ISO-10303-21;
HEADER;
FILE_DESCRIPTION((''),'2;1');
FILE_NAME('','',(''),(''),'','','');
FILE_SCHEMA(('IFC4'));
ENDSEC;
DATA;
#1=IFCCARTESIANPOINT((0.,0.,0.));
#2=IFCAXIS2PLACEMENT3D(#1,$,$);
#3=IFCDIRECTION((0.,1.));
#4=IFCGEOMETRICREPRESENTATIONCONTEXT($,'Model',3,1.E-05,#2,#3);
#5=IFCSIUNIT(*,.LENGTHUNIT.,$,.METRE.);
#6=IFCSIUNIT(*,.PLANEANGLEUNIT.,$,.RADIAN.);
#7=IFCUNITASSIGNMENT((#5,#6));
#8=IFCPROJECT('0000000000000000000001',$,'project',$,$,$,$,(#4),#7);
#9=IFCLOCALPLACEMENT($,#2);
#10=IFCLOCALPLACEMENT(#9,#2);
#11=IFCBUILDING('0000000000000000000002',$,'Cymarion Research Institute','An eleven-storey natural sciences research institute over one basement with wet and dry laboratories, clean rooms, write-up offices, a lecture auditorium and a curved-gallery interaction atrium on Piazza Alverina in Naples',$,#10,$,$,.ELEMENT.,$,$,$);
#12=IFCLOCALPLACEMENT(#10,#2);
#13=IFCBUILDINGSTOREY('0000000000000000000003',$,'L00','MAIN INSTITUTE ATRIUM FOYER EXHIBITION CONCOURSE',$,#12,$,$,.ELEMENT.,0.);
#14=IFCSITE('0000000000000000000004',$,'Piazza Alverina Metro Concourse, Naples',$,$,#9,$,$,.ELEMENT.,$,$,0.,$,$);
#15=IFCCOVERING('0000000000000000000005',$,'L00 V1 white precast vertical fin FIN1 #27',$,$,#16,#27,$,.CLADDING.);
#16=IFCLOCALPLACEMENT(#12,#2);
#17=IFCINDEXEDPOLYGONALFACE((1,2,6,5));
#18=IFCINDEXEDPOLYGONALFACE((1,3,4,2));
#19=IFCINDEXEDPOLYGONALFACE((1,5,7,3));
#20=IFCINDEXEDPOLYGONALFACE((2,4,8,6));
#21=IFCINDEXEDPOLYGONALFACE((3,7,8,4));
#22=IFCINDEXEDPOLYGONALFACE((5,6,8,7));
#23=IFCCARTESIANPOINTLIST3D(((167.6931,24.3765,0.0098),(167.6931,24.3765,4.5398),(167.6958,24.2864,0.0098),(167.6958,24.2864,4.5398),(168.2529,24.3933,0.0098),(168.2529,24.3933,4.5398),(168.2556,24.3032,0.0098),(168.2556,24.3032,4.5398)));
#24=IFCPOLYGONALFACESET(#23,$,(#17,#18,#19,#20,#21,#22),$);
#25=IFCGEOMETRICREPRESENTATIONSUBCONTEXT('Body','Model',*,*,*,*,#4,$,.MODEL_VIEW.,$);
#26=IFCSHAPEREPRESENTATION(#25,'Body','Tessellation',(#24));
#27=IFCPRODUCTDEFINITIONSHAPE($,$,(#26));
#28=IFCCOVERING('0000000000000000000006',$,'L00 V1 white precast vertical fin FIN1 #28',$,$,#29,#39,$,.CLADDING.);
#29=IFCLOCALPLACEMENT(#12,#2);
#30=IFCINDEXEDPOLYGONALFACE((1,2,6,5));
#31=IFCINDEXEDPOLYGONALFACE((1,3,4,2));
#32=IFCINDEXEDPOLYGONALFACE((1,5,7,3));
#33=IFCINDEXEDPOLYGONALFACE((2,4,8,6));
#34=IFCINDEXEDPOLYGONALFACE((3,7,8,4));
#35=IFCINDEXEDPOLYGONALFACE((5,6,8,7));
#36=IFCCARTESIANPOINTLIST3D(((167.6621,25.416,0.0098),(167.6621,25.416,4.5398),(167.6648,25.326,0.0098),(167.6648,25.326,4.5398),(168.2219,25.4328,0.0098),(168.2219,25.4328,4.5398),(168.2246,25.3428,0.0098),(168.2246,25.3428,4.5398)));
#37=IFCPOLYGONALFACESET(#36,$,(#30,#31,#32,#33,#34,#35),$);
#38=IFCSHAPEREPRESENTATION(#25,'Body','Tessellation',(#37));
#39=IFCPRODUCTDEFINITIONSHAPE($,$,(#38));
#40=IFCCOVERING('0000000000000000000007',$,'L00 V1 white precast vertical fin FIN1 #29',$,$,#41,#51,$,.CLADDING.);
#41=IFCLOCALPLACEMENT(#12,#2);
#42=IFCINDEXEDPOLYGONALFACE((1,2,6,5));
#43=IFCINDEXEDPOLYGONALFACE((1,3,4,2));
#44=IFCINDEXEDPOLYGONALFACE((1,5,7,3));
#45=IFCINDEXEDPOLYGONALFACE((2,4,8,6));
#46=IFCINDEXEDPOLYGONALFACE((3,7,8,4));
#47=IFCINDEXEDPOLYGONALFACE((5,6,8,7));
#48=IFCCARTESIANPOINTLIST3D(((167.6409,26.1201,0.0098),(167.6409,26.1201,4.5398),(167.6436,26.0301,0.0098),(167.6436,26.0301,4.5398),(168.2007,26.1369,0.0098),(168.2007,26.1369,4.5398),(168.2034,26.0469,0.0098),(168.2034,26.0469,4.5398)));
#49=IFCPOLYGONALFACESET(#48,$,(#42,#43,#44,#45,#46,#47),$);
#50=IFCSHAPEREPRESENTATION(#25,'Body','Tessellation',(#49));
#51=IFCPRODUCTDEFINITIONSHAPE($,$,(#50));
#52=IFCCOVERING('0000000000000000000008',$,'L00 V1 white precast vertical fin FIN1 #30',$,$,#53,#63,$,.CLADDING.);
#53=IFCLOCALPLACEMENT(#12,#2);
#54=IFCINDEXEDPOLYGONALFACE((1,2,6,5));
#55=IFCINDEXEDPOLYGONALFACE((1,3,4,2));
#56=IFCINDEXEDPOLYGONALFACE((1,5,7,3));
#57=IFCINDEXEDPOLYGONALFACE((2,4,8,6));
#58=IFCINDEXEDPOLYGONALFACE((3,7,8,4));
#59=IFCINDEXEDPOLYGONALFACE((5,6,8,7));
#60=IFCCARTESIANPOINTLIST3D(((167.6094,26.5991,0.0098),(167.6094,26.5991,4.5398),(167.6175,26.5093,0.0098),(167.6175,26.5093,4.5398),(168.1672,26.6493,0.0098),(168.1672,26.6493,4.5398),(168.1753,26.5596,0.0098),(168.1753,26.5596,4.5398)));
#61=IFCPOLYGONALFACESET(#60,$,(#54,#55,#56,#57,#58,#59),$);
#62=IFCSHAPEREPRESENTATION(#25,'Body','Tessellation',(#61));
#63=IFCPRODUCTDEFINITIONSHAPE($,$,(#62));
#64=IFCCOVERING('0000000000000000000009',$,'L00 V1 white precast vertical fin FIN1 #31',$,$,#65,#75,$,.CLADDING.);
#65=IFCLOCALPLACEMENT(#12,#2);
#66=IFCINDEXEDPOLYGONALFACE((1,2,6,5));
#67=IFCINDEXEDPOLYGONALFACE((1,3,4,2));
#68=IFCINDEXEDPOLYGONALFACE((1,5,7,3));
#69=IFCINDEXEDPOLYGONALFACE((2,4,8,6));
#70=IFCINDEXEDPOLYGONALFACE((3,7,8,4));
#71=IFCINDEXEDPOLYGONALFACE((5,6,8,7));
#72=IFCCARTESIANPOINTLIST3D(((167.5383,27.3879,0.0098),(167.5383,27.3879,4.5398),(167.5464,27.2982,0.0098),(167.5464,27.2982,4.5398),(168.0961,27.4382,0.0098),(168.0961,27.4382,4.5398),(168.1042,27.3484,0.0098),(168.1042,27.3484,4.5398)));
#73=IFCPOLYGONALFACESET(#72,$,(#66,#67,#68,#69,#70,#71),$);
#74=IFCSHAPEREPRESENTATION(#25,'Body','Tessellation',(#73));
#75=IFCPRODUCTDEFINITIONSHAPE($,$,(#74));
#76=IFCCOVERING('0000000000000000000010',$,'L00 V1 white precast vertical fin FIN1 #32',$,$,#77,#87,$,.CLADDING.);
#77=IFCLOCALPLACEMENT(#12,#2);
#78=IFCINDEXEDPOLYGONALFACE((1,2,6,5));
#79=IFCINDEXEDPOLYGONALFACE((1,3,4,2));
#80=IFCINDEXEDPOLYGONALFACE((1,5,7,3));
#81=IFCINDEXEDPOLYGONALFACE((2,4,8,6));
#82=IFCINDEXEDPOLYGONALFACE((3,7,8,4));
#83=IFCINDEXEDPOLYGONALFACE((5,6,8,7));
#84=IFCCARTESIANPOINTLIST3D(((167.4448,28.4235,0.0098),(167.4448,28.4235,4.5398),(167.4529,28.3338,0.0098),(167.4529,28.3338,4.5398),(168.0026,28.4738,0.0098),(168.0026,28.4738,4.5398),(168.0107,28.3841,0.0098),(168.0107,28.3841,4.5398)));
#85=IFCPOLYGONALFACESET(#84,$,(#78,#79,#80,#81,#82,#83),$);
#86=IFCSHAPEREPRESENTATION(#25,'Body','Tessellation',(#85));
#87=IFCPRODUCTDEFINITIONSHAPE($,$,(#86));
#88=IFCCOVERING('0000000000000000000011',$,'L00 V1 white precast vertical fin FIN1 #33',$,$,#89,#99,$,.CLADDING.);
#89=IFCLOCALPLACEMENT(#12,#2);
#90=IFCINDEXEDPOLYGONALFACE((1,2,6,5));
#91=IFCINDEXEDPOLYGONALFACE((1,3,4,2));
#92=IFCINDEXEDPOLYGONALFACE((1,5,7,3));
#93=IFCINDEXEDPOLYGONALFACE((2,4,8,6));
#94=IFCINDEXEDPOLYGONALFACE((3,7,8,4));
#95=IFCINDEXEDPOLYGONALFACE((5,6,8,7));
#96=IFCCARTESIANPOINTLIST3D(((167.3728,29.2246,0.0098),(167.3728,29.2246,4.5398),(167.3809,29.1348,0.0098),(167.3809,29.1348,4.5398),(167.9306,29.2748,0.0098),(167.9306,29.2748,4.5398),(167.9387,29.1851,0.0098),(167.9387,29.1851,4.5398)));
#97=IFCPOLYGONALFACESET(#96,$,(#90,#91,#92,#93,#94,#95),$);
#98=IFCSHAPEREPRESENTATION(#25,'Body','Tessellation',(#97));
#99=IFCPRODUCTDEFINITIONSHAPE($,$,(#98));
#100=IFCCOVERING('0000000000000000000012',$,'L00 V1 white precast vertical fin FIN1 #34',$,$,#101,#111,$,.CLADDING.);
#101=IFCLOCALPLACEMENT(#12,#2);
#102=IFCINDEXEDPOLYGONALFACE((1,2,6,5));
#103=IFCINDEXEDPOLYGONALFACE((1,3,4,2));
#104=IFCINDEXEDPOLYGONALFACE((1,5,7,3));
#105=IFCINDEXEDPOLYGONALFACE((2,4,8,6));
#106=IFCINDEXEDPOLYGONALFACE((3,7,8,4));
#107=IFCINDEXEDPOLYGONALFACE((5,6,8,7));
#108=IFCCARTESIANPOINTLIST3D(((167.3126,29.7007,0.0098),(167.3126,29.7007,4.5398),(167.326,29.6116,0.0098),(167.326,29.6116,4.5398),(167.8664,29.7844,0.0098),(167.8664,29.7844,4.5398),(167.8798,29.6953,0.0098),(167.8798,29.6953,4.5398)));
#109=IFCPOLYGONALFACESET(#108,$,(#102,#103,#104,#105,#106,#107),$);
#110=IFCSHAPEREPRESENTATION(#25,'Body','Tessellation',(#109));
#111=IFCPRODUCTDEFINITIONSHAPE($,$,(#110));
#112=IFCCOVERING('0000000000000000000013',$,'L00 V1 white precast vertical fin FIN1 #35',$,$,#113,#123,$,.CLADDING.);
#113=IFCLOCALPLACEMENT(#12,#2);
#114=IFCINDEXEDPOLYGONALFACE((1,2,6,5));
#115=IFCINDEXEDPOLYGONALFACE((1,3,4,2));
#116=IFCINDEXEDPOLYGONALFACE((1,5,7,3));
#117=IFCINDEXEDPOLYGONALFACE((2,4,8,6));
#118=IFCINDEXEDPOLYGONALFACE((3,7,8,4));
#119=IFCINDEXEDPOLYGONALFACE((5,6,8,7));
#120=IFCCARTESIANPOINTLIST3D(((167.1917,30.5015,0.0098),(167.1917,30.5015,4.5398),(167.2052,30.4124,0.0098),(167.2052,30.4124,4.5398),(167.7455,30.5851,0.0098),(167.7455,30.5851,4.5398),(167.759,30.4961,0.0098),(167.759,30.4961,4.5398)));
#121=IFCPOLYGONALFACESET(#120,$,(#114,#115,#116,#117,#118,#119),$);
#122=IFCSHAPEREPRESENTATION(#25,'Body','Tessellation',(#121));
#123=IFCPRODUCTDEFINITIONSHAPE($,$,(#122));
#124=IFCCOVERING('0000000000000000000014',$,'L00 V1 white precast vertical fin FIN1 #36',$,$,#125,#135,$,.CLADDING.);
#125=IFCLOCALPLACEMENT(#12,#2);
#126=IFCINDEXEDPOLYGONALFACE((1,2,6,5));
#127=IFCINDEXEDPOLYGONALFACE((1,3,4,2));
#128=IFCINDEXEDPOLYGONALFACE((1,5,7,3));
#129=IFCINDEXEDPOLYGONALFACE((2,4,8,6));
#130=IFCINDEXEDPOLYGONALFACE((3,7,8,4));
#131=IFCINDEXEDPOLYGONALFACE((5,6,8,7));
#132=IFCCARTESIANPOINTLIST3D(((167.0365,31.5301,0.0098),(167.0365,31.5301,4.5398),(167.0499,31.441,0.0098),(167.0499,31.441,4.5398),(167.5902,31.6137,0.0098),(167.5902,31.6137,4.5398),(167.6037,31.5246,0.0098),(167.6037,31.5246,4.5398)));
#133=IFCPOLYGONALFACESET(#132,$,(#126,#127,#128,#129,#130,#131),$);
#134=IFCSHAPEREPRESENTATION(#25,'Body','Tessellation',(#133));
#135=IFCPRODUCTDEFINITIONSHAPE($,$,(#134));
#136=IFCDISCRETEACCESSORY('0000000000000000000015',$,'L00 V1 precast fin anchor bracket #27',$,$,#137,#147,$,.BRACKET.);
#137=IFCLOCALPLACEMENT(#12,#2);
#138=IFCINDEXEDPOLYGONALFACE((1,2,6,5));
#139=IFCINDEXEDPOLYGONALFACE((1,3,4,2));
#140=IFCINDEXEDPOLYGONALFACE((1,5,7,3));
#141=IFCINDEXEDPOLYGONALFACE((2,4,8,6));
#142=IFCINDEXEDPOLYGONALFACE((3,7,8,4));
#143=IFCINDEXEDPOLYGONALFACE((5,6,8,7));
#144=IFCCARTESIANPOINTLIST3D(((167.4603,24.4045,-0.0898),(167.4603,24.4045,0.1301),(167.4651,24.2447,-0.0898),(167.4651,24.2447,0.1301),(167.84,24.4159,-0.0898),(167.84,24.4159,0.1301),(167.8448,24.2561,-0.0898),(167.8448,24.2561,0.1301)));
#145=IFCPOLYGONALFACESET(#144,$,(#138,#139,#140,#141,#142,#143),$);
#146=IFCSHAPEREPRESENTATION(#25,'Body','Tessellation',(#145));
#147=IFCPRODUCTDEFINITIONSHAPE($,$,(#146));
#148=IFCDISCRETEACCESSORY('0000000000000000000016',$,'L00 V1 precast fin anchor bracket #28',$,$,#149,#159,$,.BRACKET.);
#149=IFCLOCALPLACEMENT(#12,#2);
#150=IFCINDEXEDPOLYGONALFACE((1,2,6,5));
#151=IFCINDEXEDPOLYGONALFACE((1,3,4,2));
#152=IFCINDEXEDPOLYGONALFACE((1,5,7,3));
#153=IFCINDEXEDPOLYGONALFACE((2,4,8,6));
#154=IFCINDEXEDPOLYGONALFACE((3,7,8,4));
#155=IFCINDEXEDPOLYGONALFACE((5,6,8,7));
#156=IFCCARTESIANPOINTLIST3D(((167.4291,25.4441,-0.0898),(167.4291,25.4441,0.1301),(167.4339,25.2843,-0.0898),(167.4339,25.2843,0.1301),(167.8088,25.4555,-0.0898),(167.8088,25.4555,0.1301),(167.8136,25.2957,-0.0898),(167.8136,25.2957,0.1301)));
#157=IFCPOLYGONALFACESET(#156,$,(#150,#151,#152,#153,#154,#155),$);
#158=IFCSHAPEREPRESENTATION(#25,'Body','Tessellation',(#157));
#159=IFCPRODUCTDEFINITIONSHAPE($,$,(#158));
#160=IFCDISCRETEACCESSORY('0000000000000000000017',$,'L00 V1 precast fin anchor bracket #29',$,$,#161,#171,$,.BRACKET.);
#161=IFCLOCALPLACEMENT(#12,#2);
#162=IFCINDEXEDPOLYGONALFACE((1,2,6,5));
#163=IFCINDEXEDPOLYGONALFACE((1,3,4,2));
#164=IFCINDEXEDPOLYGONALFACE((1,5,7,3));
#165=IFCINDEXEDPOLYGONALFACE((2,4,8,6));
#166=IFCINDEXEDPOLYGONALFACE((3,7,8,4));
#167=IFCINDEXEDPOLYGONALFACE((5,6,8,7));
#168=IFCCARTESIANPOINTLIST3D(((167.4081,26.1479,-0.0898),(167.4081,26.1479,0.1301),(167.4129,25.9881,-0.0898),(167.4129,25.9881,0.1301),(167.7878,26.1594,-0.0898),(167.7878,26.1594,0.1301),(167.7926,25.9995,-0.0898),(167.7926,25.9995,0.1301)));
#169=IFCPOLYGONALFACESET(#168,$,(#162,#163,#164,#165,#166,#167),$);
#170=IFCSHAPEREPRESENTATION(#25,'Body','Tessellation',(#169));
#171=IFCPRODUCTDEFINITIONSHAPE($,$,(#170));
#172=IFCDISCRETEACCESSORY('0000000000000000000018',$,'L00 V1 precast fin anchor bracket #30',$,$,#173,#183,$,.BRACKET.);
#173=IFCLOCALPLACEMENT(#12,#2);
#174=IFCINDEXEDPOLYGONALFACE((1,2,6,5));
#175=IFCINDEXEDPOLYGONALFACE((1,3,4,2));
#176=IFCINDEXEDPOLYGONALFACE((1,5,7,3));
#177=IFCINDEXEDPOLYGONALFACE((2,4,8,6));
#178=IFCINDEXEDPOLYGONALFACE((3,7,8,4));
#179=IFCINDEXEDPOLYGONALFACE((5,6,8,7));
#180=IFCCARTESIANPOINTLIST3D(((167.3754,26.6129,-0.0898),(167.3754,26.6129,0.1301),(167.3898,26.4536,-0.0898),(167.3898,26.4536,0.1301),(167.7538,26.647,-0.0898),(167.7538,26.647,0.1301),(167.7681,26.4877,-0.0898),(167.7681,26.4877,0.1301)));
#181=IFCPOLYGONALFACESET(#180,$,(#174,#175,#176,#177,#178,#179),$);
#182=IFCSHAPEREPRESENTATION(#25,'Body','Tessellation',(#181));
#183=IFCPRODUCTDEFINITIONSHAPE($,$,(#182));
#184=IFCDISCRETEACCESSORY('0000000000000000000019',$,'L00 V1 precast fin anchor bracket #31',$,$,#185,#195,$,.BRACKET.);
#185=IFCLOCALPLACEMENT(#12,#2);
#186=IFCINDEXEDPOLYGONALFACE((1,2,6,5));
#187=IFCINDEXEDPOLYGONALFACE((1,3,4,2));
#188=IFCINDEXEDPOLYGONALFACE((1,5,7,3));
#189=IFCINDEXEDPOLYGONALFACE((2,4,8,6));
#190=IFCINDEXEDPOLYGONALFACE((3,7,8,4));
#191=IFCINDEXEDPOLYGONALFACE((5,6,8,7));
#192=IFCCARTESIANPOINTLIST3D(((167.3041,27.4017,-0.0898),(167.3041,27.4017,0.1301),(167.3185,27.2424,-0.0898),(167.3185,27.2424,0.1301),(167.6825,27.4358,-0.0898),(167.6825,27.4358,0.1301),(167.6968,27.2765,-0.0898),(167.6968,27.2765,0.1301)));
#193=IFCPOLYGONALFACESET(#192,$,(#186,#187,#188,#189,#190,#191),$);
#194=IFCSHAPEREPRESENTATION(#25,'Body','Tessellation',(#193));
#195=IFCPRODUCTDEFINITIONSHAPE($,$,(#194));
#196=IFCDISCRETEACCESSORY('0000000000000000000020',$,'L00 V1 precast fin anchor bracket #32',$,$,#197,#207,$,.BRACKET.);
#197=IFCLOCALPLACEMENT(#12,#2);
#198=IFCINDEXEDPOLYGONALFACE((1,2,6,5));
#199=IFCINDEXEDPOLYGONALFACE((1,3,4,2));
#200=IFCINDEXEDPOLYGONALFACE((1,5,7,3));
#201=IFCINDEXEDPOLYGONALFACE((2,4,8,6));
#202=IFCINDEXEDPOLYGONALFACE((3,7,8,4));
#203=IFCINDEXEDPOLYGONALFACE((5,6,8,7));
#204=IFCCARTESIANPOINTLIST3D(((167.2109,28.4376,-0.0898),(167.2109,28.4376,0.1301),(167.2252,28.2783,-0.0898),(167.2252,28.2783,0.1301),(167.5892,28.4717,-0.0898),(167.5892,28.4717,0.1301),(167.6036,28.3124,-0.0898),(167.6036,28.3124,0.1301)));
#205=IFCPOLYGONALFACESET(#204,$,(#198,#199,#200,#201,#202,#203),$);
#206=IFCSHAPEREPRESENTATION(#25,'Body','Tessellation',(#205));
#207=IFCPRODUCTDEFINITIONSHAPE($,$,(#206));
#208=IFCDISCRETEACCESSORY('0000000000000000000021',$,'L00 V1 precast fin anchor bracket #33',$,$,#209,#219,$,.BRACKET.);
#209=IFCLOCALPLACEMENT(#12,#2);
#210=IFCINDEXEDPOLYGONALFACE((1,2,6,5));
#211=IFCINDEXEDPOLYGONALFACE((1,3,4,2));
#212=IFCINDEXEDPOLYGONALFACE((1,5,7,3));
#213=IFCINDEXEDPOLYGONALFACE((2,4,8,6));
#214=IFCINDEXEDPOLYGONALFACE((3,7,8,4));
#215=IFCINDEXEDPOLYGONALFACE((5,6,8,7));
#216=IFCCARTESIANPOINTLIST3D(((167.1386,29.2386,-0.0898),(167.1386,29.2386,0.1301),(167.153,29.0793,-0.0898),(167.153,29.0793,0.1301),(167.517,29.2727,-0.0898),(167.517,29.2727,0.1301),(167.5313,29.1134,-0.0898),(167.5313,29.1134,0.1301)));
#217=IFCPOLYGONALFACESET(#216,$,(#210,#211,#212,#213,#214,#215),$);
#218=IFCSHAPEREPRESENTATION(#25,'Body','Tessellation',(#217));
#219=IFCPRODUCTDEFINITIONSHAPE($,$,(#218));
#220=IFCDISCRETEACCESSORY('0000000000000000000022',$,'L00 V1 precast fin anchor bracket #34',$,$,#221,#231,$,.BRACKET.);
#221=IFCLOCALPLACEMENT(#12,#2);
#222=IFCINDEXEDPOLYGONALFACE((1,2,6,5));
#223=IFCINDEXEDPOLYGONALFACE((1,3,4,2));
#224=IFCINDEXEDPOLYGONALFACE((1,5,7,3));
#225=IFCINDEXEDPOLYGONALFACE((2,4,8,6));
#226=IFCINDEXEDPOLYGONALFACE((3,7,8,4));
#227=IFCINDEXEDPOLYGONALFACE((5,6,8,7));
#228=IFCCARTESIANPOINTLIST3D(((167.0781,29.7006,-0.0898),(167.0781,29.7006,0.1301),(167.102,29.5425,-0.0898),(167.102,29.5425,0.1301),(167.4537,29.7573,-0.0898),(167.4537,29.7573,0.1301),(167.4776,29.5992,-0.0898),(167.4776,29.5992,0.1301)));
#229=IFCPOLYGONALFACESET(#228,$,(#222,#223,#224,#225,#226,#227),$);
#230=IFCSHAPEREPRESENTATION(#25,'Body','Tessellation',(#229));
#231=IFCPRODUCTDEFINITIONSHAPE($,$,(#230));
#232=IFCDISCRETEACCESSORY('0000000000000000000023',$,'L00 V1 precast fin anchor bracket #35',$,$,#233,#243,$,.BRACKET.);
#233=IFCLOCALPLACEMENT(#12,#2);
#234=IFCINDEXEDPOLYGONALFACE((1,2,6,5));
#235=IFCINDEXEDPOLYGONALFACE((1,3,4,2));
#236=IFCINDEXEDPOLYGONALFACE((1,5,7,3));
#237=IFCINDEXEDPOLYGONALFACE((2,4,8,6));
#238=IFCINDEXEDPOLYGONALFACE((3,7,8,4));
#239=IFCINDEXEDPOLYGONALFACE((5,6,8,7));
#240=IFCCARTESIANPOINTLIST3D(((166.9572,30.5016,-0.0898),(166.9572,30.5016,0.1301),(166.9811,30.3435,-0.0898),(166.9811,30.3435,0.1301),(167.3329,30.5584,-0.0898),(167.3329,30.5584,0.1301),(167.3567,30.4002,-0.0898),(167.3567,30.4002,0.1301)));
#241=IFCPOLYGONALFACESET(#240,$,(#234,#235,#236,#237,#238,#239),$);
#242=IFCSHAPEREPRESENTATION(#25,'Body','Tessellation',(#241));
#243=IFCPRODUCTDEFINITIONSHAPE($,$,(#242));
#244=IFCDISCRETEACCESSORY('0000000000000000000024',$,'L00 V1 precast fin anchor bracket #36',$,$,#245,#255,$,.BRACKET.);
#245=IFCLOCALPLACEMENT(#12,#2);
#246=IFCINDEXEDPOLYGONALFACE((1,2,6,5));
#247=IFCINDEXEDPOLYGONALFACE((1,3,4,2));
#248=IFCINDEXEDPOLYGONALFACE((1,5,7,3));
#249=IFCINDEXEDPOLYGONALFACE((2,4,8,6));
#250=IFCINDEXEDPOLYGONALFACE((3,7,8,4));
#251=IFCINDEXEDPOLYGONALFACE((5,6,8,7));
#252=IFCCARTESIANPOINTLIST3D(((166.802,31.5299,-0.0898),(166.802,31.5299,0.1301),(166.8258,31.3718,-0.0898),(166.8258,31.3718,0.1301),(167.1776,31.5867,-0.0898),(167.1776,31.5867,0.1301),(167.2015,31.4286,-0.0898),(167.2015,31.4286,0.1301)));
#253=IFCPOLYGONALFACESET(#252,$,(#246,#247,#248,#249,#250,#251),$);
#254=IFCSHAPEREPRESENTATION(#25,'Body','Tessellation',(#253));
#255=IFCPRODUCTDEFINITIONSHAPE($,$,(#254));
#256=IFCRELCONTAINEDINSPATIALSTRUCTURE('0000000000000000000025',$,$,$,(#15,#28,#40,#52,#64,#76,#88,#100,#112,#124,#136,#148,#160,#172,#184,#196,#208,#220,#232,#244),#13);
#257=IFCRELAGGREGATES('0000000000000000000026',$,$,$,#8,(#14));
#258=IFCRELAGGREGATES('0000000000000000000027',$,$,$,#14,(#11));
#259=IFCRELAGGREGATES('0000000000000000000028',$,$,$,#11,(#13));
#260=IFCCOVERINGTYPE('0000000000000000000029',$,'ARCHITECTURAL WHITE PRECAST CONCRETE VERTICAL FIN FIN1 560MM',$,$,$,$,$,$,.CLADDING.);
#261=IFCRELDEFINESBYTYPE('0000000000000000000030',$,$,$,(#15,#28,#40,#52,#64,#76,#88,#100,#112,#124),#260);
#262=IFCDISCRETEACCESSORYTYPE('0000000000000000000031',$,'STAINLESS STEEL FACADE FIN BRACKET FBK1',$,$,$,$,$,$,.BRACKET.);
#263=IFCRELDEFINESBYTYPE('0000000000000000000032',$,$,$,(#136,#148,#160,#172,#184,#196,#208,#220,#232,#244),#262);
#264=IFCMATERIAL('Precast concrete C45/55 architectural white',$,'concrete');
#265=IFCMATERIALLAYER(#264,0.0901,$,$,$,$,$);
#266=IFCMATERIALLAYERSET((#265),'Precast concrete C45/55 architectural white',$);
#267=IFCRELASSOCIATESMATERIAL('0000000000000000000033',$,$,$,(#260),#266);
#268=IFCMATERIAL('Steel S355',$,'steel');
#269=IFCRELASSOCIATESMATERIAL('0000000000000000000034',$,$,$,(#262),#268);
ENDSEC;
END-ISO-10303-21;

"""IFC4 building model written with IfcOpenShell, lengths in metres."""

from ifc_helpers import new_model, si_unit, direction, frame, origin, origin_2d, place, context, subcontext, project, spatial, rectangle, extrude, material, layer, layer_set, type_object, element, save


model = new_model("IFC4")

# Units and contexts
model_context = context("Model", 3, precision=1e-05, world=origin(), true_north=direction((0.0, 1.0)))
body_context = subcontext(model_context, "Body", "Model", "MODEL_VIEW")
ifc_project = project(units=[si_unit("LENGTHUNIT", "METRE"), si_unit("PLANEANGLEUNIT", "RADIAN")], contexts=[model_context])

# Site, building, storey
site_placement = place(None, origin())
site = spatial("IfcSite", under=ifc_project, at=site_placement, Name="Piazza Alverina Metro Concourse, Naples", CompositionType="ELEMENT", RefElevation=0.0)
building_placement = place(site_placement, origin())
building = spatial("IfcBuilding", under=site, at=building_placement, Name="Cymarion Research Institute", Description="An eleven-storey natural sciences research institute over one basement with wet and dry laboratories, clean rooms, write-up offices, a lecture auditorium and a curved-gallery interaction atrium on Piazza Alverina in Naples", CompositionType="ELEMENT")
storey_placement = place(building_placement, origin())
storey = spatial("IfcBuildingStorey", under=building, at=storey_placement, Name="L00", Description="MAIN INSTITUTE ATRIUM FOYER EXHIBITION CONCOURSE", CompositionType="ELEMENT", Elevation=0.0)

# Shared definitions
ifc_material_1 = material(Name="Steel S355", Category="steel")

# Coverings
ifc_material_2 = material(Name="Precast concrete C45/55 architectural white", Category="concrete")
ifc_layer_1 = layer(ifc_material_2, 0.0901)
ifc_layer_set_1 = layer_set([ifc_layer_1], Name="Precast concrete C45/55 architectural white")
covering_type = type_object("IfcCoveringType", Name="ARCHITECTURAL WHITE PRECAST CONCRETE VERTICAL FIN FIN1 560MM", PredefinedType="CLADDING", material=ifc_layer_set_1)
for number, where, z_axis, x_axis, name in (
    (1, (167.9744, 24.3398, 0.0098), (0.0, 0.0, 1.0), (0.999549, 0.030015, 0.0), "L00 V1 white precast vertical fin FIN1 #27"),
    (2, (167.9434, 25.3794, 0.0098), (0.0, 0.0, 1.0), (0.999549, 0.030015, 0.0), "L00 V1 white precast vertical fin FIN1 #28"),
    (3, (167.9221, 26.0835, 0.0098), (0.0, 0.0, 1.0), (0.999549, 0.030015, 0.0), "L00 V1 white precast vertical fin FIN1 #29"),
    (4, (167.8923, 26.5793, 0.0098), (0.0, 0.0, 1.0), (0.995963, 0.089763, 0.0), "L00 V1 white precast vertical fin FIN1 #30"),
    (5, (167.8213, 27.3682, 0.0098), (0.0, 0.0, 1.0), (0.995963, 0.089763, 0.0), "L00 V1 white precast vertical fin FIN1 #31"),
    (6, (167.7278, 28.4038, 0.0098), (0.0, 0.0, 1.0), (0.995963, 0.089763, 0.0), "L00 V1 white precast vertical fin FIN1 #32"),
    (7, (167.6558, 29.2048, 0.0098), (0.0, 0.0, 1.0), (0.995963, 0.089763, 0.0), "L00 V1 white precast vertical fin FIN1 #33"),
    (8, (167.5962, 29.698, 0.0098), (0.0, 0.0, 1.0), (0.988782, 0.149363, 0.0), "L00 V1 white precast vertical fin FIN1 #34"),
    (9, (167.4753, 30.4988, 0.0098), (0.0, 0.0, 1.0), (0.988782, 0.149363, 0.0), "L00 V1 white precast vertical fin FIN1 #35"),
    (10, (167.3201, 31.5273, 0.0098), (0.0, 0.0, 1.0), (0.988782, 0.149363, 0.0), "L00 V1 white precast vertical fin FIN1 #36"),
):
    element("IfcCovering", number, at=place(storey_placement, frame(where, z_axis=z_axis, x_axis=x_axis)), inside=storey, type_object=covering_type, Name=name, PredefinedType="CLADDING", context=body_context, shape_type="SweptSolid", body=[
        extrude(rectangle(XDim=0.5601, YDim=0.0901, at=origin_2d()), origin(), (0.0, 0.0, 1.0), 4.53),
    ])

# Discrete accessories
discrete_accessory_type = type_object("IfcDiscreteAccessoryType", Name="STAINLESS STEEL FACADE FIN BRACKET FBK1", PredefinedType="BRACKET", material=ifc_material_1)
for number, where, z_axis, x_axis, name in (
    (11, (167.6526, 24.3303, -0.0898), (0.0, 0.0, 1.0), (0.999549, 0.030015, 0.0), "L00 V1 precast fin anchor bracket #27"),
    (12, (167.6213, 25.3699, -0.0898), (0.0, 0.0, 1.0), (0.999549, 0.030015, 0.0), "L00 V1 precast fin anchor bracket #28"),
    (13, (167.6003, 26.0737, -0.0898), (0.0, 0.0, 1.0), (0.999549, 0.030015, 0.0), "L00 V1 precast fin anchor bracket #29"),
    (14, (167.5718, 26.5503, -0.0898), (0.0, 0.0, 1.0), (0.995963, 0.089763, 0.0), "L00 V1 precast fin anchor bracket #30"),
    (15, (167.5005, 27.3391, -0.0898), (0.0, 0.0, 1.0), (0.995963, 0.089763, 0.0), "L00 V1 precast fin anchor bracket #31"),
    (16, (167.4072, 28.375, -0.0898), (0.0, 0.0, 1.0), (0.995963, 0.089763, 0.0), "L00 V1 precast fin anchor bracket #32"),
    (17, (167.335, 29.176, -0.0898), (0.0, 0.0, 1.0), (0.995963, 0.089763, 0.0), "L00 V1 precast fin anchor bracket #33"),
    (18, (167.2778, 29.6499, -0.0898), (0.0, 0.0, 1.0), (0.988782, 0.149363, 0.0), "L00 V1 precast fin anchor bracket #34"),
    (19, (167.157, 30.4509, -0.0898), (0.0, 0.0, 1.0), (0.988782, 0.149363, 0.0), "L00 V1 precast fin anchor bracket #35"),
    (20, (167.0017, 31.4792, -0.0898), (0.0, 0.0, 1.0), (0.988782, 0.149363, 0.0), "L00 V1 precast fin anchor bracket #36"),
):
    element("IfcDiscreteAccessory", number, at=place(storey_placement, frame(where, z_axis=z_axis, x_axis=x_axis)), inside=storey, type_object=discrete_accessory_type, Name=name, PredefinedType="BRACKET", context=body_context, shape_type="SweptSolid", body=[
        extrude(rectangle(XDim=0.3799, YDim=0.1599, at=origin_2d()), origin(), (0.0, 0.0, 1.0), 0.22),
    ])

save(model, "model.ifc")
